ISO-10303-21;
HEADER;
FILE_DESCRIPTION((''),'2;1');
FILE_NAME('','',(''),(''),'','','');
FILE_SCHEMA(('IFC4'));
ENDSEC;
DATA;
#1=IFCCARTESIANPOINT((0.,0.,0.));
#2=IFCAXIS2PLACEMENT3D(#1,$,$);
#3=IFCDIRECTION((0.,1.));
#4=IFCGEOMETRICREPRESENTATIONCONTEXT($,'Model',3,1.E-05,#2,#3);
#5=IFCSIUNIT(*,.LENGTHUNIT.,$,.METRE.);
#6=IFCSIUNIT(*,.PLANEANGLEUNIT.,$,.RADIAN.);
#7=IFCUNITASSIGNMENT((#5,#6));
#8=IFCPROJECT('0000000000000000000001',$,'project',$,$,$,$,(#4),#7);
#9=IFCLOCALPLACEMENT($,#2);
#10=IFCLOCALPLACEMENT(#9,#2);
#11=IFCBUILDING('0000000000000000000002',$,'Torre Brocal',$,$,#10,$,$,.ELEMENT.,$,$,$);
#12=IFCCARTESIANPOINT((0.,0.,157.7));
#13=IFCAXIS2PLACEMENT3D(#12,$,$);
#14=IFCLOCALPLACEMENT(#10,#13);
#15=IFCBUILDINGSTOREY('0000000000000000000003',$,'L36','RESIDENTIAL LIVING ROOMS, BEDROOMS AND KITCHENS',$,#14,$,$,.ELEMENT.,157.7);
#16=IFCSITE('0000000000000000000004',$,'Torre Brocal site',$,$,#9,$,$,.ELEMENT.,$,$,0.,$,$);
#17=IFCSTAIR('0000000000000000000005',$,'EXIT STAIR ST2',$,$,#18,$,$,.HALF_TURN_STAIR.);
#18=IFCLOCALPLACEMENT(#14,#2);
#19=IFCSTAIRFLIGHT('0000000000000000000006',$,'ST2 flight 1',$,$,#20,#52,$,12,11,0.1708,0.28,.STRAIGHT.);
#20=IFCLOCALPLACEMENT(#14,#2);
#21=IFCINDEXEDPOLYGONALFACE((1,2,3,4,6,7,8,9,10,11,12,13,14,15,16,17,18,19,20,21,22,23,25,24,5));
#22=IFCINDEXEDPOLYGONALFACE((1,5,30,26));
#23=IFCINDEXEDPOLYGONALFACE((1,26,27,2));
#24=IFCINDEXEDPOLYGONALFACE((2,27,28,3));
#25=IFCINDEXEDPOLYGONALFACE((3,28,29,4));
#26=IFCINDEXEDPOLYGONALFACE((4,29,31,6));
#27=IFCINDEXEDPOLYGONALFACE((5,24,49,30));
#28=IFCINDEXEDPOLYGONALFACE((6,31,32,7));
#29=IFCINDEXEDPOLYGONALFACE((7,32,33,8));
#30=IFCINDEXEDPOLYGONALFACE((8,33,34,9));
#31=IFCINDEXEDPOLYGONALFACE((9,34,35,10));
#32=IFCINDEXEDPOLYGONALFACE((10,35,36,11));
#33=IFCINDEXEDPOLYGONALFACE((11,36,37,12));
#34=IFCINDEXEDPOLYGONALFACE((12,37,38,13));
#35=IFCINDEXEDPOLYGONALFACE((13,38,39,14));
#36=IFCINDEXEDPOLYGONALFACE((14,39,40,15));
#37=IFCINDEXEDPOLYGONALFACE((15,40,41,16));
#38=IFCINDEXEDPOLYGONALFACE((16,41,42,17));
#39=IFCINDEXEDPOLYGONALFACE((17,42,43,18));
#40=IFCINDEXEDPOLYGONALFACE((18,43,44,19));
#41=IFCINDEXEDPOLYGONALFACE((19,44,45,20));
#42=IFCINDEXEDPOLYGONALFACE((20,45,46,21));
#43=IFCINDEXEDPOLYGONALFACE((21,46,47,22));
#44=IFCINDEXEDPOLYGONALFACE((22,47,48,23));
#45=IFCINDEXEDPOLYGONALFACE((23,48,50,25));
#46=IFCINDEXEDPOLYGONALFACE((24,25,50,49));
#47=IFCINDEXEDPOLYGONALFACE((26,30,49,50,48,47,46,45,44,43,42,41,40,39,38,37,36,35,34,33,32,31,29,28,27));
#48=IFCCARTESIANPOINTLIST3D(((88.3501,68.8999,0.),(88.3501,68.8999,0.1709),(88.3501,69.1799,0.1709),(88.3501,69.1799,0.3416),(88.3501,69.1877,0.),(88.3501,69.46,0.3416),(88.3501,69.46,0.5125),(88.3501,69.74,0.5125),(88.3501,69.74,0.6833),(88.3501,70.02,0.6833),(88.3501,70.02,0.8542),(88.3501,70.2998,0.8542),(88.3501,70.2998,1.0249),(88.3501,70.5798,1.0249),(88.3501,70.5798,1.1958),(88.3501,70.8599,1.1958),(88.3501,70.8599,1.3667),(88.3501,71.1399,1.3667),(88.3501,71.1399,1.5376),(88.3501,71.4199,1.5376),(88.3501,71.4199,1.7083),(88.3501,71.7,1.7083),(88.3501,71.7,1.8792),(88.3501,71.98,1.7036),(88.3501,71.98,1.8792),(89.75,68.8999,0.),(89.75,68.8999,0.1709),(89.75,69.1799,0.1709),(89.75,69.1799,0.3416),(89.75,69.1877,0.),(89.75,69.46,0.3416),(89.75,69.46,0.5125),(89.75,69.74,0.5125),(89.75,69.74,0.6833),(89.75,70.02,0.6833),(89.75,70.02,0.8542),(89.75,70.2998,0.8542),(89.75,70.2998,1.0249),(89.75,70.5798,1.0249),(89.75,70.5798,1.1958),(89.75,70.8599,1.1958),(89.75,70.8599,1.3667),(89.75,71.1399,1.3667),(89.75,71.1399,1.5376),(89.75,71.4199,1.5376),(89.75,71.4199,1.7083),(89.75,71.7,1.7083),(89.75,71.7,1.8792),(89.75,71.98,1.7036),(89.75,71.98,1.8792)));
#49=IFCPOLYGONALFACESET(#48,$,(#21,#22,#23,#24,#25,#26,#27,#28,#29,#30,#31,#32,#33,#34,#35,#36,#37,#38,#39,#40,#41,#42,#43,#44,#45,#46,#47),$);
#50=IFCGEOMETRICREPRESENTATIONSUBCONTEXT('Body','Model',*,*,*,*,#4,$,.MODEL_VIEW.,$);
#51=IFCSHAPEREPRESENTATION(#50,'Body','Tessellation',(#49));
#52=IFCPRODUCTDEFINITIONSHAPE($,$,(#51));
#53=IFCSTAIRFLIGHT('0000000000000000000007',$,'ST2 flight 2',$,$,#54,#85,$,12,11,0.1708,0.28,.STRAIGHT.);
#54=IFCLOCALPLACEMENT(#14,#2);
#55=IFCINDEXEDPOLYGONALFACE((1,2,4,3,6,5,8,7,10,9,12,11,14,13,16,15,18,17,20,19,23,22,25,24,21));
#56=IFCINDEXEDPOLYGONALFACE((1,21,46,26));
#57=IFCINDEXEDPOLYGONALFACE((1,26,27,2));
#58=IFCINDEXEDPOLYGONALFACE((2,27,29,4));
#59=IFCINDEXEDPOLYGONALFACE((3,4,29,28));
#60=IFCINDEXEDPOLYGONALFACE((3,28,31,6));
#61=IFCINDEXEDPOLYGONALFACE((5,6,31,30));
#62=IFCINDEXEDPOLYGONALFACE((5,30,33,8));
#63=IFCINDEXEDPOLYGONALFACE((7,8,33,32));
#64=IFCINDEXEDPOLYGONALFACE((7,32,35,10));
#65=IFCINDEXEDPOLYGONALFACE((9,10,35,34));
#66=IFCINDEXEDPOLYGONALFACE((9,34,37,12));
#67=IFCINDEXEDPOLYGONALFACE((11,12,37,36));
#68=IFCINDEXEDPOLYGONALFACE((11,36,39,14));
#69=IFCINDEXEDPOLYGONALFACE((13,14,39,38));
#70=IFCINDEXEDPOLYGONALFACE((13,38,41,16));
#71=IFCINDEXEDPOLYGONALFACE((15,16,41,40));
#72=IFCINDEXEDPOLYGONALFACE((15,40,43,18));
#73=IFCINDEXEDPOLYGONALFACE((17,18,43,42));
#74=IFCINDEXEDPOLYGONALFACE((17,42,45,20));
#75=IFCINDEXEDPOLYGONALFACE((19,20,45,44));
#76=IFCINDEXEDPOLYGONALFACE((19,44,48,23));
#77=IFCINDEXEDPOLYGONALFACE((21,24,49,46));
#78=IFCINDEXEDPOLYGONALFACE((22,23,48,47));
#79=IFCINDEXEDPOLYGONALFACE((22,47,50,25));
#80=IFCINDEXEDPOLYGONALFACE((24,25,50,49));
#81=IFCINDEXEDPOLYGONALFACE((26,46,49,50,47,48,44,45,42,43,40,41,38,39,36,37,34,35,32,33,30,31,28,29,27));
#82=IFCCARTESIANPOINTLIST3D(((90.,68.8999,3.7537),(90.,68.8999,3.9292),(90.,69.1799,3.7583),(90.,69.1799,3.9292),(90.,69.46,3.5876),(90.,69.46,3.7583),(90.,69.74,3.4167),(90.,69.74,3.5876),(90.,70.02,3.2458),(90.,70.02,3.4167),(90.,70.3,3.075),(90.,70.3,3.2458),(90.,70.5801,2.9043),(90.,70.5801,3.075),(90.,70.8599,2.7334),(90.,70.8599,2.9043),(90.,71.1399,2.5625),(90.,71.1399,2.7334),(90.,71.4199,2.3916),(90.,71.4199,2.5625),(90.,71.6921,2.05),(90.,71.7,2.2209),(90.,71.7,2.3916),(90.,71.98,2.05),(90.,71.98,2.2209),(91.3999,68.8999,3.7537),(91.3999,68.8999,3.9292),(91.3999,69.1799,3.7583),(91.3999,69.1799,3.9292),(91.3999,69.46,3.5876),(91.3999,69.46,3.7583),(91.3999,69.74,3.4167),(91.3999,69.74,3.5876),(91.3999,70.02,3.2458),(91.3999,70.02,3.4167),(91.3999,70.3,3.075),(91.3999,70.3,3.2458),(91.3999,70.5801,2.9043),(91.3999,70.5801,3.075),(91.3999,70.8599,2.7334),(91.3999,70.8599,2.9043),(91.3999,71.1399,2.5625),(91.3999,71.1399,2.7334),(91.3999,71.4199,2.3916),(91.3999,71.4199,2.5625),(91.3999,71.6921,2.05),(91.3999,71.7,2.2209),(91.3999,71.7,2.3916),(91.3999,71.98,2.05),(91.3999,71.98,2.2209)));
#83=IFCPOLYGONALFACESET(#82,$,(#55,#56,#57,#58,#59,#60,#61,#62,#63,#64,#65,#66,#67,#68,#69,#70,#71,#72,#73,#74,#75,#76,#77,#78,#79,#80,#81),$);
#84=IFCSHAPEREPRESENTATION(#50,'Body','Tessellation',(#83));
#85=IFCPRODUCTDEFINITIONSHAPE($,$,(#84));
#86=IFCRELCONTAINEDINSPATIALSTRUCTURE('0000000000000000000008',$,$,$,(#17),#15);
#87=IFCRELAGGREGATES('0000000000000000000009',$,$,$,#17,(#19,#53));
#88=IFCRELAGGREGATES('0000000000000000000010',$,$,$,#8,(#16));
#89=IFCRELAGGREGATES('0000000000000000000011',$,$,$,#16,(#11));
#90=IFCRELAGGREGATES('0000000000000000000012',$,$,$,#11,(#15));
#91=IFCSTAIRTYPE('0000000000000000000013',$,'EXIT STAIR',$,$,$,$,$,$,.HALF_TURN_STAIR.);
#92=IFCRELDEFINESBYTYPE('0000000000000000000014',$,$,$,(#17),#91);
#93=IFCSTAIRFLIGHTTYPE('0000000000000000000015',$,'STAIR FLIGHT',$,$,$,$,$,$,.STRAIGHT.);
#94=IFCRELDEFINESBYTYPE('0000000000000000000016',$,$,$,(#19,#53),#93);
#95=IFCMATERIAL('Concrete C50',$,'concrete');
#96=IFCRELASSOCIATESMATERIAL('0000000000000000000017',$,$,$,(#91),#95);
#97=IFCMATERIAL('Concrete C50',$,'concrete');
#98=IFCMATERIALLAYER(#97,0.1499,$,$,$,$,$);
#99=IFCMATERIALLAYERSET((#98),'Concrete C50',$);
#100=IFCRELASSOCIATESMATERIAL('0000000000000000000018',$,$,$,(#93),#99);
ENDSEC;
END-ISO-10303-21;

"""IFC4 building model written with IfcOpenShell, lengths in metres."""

from ifc_helpers import new_model, si_unit, direction, frame, origin, place, context, subcontext, project, spatial, polyline, outline, extrude, material, layer, layer_set, type_object, element, aggregate, save


model = new_model("IFC4")

# Units and contexts
model_context = context("Model", 3, precision=1e-05, world=origin(), true_north=direction((0.0, 1.0)))
body_context = subcontext(model_context, "Body", "Model", "MODEL_VIEW")
ifc_project = project(units=[si_unit("LENGTHUNIT", "METRE"), si_unit("PLANEANGLEUNIT", "RADIAN")], contexts=[model_context])

# Site, building, storey
site_placement = place(None, origin())
site = spatial("IfcSite", under=ifc_project, at=site_placement, Name="Torre Brocal site", CompositionType="ELEMENT", RefElevation=0.0)
building_placement = place(site_placement, origin())
building = spatial("IfcBuilding", under=site, at=building_placement, Name="Torre Brocal", CompositionType="ELEMENT")
storey_placement = place(building_placement, frame((0.0, 0.0, 157.7)))
storey = spatial("IfcBuildingStorey", under=building, at=storey_placement, Name="L36", Description="RESIDENTIAL LIVING ROOMS, BEDROOMS AND KITCHENS", CompositionType="ELEMENT", Elevation=157.7)

# Stair, stair flights
ifc_material_1 = material(Name="Concrete C50", Category="concrete")
stair_type = type_object("IfcStairType", Name="EXIT STAIR", PredefinedType="HALF_TURN_STAIR", material=ifc_material_1)
stair_placement = place(storey_placement, origin())
stair = element("IfcStair", 1, at=stair_placement, inside=storey, type_object=stair_type, Name="EXIT STAIR ST2", PredefinedType="HALF_TURN_STAIR")
ifc_material_2 = material(Name="Concrete C50", Category="concrete")
ifc_layer_1 = layer(ifc_material_2, 0.1499)
ifc_layer_set_1 = layer_set([ifc_layer_1], Name="Concrete C50")
stair_flight_type = type_object("IfcStairFlightType", Name="STAIR FLIGHT", PredefinedType="STRAIGHT", material=ifc_layer_set_1)
stair_flight_1_placement = place(storey_placement, frame((89.05, 68.8999, 0.0), z_axis=(0.0, 0.0, 1.0), x_axis=(0.0, 1.0, 0.0)))
stair_flight_1 = element("IfcStairFlight", 2, at=stair_flight_1_placement, type_object=stair_flight_type, Name="ST2 flight 1", NumberOfRisers=12, NumberOfTreads=11, PredefinedType="STRAIGHT", RiserHeight=0.1708, TreadLength=0.28, context=body_context, shape_type="SweptSolid", body=[
    extrude(outline(polyline([(0.0, 0.0), (0.0, 0.1709), (0.28, 0.1709), (0.28, 0.3416), (0.5601, 0.3416), (0.5601, 0.5125), (0.8401, 0.5125), (0.8401, 0.6833), (1.1201, 0.6833), (1.1201, 0.8542), (1.3999, 0.8542), (1.3999, 1.0249), (1.6799, 1.0249), (1.6799, 1.1958), (1.96, 1.1958), (1.96, 1.3667), (2.24, 1.3667), (2.24, 1.5376), (2.52, 1.5376), (2.52, 1.7083), (2.8, 1.7083), (2.8, 1.8792), (3.0801, 1.8792), (3.0801, 2.05), (3.0801, 1.7036), (0.2878, 0.0), (0.0, 0.0)])), frame((0.0, 0.7, 0.0), z_axis=(0.0, -1.0, 0.0), x_axis=(1.0, 0.0, 0.0)), (0.0, 0.0, 1.0), 1.3999),
])
stair_flight_2_placement = place(storey_placement, frame((90.7, 71.98, 2.05), z_axis=(0.0, 0.0, 1.0), x_axis=(0.0, -1.0, 0.0)))
stair_flight_2 = element("IfcStairFlight", 3, at=stair_flight_2_placement, type_object=stair_flight_type, Name="ST2 flight 2", NumberOfRisers=12, NumberOfTreads=11, PredefinedType="STRAIGHT", RiserHeight=0.1708, TreadLength=0.28, context=body_context, shape_type="SweptSolid", body=[
    extrude(outline(polyline([(0.0, 0.0), (0.0, 0.1709), (0.28, 0.1709), (0.28, 0.3416), (0.5601, 0.3416), (0.5601, 0.5125), (0.8401, 0.5125), (0.8401, 0.6833), (1.1201, 0.6833), (1.1201, 0.8542), (1.3999, 0.8542), (1.3999, 1.0249), (1.6799, 1.0249), (1.6799, 1.1958), (1.96, 1.1958), (1.96, 1.3667), (2.24, 1.3667), (2.24, 1.5376), (2.52, 1.5376), (2.52, 1.7083), (2.8, 1.7083), (2.8, 1.8792), (3.0801, 1.8792), (3.0801, 2.05), (3.0801, 1.7036), (0.2878, 0.0), (0.0, 0.0)])), frame((0.0, 0.7, 0.0), z_axis=(0.0, -1.0, 0.0), x_axis=(1.0, 0.0, 0.0)), (0.0, 0.0, 1.0), 1.3999),
])
aggregate(stair, [stair_flight_1, stair_flight_2])

save(model, "model.ifc")
